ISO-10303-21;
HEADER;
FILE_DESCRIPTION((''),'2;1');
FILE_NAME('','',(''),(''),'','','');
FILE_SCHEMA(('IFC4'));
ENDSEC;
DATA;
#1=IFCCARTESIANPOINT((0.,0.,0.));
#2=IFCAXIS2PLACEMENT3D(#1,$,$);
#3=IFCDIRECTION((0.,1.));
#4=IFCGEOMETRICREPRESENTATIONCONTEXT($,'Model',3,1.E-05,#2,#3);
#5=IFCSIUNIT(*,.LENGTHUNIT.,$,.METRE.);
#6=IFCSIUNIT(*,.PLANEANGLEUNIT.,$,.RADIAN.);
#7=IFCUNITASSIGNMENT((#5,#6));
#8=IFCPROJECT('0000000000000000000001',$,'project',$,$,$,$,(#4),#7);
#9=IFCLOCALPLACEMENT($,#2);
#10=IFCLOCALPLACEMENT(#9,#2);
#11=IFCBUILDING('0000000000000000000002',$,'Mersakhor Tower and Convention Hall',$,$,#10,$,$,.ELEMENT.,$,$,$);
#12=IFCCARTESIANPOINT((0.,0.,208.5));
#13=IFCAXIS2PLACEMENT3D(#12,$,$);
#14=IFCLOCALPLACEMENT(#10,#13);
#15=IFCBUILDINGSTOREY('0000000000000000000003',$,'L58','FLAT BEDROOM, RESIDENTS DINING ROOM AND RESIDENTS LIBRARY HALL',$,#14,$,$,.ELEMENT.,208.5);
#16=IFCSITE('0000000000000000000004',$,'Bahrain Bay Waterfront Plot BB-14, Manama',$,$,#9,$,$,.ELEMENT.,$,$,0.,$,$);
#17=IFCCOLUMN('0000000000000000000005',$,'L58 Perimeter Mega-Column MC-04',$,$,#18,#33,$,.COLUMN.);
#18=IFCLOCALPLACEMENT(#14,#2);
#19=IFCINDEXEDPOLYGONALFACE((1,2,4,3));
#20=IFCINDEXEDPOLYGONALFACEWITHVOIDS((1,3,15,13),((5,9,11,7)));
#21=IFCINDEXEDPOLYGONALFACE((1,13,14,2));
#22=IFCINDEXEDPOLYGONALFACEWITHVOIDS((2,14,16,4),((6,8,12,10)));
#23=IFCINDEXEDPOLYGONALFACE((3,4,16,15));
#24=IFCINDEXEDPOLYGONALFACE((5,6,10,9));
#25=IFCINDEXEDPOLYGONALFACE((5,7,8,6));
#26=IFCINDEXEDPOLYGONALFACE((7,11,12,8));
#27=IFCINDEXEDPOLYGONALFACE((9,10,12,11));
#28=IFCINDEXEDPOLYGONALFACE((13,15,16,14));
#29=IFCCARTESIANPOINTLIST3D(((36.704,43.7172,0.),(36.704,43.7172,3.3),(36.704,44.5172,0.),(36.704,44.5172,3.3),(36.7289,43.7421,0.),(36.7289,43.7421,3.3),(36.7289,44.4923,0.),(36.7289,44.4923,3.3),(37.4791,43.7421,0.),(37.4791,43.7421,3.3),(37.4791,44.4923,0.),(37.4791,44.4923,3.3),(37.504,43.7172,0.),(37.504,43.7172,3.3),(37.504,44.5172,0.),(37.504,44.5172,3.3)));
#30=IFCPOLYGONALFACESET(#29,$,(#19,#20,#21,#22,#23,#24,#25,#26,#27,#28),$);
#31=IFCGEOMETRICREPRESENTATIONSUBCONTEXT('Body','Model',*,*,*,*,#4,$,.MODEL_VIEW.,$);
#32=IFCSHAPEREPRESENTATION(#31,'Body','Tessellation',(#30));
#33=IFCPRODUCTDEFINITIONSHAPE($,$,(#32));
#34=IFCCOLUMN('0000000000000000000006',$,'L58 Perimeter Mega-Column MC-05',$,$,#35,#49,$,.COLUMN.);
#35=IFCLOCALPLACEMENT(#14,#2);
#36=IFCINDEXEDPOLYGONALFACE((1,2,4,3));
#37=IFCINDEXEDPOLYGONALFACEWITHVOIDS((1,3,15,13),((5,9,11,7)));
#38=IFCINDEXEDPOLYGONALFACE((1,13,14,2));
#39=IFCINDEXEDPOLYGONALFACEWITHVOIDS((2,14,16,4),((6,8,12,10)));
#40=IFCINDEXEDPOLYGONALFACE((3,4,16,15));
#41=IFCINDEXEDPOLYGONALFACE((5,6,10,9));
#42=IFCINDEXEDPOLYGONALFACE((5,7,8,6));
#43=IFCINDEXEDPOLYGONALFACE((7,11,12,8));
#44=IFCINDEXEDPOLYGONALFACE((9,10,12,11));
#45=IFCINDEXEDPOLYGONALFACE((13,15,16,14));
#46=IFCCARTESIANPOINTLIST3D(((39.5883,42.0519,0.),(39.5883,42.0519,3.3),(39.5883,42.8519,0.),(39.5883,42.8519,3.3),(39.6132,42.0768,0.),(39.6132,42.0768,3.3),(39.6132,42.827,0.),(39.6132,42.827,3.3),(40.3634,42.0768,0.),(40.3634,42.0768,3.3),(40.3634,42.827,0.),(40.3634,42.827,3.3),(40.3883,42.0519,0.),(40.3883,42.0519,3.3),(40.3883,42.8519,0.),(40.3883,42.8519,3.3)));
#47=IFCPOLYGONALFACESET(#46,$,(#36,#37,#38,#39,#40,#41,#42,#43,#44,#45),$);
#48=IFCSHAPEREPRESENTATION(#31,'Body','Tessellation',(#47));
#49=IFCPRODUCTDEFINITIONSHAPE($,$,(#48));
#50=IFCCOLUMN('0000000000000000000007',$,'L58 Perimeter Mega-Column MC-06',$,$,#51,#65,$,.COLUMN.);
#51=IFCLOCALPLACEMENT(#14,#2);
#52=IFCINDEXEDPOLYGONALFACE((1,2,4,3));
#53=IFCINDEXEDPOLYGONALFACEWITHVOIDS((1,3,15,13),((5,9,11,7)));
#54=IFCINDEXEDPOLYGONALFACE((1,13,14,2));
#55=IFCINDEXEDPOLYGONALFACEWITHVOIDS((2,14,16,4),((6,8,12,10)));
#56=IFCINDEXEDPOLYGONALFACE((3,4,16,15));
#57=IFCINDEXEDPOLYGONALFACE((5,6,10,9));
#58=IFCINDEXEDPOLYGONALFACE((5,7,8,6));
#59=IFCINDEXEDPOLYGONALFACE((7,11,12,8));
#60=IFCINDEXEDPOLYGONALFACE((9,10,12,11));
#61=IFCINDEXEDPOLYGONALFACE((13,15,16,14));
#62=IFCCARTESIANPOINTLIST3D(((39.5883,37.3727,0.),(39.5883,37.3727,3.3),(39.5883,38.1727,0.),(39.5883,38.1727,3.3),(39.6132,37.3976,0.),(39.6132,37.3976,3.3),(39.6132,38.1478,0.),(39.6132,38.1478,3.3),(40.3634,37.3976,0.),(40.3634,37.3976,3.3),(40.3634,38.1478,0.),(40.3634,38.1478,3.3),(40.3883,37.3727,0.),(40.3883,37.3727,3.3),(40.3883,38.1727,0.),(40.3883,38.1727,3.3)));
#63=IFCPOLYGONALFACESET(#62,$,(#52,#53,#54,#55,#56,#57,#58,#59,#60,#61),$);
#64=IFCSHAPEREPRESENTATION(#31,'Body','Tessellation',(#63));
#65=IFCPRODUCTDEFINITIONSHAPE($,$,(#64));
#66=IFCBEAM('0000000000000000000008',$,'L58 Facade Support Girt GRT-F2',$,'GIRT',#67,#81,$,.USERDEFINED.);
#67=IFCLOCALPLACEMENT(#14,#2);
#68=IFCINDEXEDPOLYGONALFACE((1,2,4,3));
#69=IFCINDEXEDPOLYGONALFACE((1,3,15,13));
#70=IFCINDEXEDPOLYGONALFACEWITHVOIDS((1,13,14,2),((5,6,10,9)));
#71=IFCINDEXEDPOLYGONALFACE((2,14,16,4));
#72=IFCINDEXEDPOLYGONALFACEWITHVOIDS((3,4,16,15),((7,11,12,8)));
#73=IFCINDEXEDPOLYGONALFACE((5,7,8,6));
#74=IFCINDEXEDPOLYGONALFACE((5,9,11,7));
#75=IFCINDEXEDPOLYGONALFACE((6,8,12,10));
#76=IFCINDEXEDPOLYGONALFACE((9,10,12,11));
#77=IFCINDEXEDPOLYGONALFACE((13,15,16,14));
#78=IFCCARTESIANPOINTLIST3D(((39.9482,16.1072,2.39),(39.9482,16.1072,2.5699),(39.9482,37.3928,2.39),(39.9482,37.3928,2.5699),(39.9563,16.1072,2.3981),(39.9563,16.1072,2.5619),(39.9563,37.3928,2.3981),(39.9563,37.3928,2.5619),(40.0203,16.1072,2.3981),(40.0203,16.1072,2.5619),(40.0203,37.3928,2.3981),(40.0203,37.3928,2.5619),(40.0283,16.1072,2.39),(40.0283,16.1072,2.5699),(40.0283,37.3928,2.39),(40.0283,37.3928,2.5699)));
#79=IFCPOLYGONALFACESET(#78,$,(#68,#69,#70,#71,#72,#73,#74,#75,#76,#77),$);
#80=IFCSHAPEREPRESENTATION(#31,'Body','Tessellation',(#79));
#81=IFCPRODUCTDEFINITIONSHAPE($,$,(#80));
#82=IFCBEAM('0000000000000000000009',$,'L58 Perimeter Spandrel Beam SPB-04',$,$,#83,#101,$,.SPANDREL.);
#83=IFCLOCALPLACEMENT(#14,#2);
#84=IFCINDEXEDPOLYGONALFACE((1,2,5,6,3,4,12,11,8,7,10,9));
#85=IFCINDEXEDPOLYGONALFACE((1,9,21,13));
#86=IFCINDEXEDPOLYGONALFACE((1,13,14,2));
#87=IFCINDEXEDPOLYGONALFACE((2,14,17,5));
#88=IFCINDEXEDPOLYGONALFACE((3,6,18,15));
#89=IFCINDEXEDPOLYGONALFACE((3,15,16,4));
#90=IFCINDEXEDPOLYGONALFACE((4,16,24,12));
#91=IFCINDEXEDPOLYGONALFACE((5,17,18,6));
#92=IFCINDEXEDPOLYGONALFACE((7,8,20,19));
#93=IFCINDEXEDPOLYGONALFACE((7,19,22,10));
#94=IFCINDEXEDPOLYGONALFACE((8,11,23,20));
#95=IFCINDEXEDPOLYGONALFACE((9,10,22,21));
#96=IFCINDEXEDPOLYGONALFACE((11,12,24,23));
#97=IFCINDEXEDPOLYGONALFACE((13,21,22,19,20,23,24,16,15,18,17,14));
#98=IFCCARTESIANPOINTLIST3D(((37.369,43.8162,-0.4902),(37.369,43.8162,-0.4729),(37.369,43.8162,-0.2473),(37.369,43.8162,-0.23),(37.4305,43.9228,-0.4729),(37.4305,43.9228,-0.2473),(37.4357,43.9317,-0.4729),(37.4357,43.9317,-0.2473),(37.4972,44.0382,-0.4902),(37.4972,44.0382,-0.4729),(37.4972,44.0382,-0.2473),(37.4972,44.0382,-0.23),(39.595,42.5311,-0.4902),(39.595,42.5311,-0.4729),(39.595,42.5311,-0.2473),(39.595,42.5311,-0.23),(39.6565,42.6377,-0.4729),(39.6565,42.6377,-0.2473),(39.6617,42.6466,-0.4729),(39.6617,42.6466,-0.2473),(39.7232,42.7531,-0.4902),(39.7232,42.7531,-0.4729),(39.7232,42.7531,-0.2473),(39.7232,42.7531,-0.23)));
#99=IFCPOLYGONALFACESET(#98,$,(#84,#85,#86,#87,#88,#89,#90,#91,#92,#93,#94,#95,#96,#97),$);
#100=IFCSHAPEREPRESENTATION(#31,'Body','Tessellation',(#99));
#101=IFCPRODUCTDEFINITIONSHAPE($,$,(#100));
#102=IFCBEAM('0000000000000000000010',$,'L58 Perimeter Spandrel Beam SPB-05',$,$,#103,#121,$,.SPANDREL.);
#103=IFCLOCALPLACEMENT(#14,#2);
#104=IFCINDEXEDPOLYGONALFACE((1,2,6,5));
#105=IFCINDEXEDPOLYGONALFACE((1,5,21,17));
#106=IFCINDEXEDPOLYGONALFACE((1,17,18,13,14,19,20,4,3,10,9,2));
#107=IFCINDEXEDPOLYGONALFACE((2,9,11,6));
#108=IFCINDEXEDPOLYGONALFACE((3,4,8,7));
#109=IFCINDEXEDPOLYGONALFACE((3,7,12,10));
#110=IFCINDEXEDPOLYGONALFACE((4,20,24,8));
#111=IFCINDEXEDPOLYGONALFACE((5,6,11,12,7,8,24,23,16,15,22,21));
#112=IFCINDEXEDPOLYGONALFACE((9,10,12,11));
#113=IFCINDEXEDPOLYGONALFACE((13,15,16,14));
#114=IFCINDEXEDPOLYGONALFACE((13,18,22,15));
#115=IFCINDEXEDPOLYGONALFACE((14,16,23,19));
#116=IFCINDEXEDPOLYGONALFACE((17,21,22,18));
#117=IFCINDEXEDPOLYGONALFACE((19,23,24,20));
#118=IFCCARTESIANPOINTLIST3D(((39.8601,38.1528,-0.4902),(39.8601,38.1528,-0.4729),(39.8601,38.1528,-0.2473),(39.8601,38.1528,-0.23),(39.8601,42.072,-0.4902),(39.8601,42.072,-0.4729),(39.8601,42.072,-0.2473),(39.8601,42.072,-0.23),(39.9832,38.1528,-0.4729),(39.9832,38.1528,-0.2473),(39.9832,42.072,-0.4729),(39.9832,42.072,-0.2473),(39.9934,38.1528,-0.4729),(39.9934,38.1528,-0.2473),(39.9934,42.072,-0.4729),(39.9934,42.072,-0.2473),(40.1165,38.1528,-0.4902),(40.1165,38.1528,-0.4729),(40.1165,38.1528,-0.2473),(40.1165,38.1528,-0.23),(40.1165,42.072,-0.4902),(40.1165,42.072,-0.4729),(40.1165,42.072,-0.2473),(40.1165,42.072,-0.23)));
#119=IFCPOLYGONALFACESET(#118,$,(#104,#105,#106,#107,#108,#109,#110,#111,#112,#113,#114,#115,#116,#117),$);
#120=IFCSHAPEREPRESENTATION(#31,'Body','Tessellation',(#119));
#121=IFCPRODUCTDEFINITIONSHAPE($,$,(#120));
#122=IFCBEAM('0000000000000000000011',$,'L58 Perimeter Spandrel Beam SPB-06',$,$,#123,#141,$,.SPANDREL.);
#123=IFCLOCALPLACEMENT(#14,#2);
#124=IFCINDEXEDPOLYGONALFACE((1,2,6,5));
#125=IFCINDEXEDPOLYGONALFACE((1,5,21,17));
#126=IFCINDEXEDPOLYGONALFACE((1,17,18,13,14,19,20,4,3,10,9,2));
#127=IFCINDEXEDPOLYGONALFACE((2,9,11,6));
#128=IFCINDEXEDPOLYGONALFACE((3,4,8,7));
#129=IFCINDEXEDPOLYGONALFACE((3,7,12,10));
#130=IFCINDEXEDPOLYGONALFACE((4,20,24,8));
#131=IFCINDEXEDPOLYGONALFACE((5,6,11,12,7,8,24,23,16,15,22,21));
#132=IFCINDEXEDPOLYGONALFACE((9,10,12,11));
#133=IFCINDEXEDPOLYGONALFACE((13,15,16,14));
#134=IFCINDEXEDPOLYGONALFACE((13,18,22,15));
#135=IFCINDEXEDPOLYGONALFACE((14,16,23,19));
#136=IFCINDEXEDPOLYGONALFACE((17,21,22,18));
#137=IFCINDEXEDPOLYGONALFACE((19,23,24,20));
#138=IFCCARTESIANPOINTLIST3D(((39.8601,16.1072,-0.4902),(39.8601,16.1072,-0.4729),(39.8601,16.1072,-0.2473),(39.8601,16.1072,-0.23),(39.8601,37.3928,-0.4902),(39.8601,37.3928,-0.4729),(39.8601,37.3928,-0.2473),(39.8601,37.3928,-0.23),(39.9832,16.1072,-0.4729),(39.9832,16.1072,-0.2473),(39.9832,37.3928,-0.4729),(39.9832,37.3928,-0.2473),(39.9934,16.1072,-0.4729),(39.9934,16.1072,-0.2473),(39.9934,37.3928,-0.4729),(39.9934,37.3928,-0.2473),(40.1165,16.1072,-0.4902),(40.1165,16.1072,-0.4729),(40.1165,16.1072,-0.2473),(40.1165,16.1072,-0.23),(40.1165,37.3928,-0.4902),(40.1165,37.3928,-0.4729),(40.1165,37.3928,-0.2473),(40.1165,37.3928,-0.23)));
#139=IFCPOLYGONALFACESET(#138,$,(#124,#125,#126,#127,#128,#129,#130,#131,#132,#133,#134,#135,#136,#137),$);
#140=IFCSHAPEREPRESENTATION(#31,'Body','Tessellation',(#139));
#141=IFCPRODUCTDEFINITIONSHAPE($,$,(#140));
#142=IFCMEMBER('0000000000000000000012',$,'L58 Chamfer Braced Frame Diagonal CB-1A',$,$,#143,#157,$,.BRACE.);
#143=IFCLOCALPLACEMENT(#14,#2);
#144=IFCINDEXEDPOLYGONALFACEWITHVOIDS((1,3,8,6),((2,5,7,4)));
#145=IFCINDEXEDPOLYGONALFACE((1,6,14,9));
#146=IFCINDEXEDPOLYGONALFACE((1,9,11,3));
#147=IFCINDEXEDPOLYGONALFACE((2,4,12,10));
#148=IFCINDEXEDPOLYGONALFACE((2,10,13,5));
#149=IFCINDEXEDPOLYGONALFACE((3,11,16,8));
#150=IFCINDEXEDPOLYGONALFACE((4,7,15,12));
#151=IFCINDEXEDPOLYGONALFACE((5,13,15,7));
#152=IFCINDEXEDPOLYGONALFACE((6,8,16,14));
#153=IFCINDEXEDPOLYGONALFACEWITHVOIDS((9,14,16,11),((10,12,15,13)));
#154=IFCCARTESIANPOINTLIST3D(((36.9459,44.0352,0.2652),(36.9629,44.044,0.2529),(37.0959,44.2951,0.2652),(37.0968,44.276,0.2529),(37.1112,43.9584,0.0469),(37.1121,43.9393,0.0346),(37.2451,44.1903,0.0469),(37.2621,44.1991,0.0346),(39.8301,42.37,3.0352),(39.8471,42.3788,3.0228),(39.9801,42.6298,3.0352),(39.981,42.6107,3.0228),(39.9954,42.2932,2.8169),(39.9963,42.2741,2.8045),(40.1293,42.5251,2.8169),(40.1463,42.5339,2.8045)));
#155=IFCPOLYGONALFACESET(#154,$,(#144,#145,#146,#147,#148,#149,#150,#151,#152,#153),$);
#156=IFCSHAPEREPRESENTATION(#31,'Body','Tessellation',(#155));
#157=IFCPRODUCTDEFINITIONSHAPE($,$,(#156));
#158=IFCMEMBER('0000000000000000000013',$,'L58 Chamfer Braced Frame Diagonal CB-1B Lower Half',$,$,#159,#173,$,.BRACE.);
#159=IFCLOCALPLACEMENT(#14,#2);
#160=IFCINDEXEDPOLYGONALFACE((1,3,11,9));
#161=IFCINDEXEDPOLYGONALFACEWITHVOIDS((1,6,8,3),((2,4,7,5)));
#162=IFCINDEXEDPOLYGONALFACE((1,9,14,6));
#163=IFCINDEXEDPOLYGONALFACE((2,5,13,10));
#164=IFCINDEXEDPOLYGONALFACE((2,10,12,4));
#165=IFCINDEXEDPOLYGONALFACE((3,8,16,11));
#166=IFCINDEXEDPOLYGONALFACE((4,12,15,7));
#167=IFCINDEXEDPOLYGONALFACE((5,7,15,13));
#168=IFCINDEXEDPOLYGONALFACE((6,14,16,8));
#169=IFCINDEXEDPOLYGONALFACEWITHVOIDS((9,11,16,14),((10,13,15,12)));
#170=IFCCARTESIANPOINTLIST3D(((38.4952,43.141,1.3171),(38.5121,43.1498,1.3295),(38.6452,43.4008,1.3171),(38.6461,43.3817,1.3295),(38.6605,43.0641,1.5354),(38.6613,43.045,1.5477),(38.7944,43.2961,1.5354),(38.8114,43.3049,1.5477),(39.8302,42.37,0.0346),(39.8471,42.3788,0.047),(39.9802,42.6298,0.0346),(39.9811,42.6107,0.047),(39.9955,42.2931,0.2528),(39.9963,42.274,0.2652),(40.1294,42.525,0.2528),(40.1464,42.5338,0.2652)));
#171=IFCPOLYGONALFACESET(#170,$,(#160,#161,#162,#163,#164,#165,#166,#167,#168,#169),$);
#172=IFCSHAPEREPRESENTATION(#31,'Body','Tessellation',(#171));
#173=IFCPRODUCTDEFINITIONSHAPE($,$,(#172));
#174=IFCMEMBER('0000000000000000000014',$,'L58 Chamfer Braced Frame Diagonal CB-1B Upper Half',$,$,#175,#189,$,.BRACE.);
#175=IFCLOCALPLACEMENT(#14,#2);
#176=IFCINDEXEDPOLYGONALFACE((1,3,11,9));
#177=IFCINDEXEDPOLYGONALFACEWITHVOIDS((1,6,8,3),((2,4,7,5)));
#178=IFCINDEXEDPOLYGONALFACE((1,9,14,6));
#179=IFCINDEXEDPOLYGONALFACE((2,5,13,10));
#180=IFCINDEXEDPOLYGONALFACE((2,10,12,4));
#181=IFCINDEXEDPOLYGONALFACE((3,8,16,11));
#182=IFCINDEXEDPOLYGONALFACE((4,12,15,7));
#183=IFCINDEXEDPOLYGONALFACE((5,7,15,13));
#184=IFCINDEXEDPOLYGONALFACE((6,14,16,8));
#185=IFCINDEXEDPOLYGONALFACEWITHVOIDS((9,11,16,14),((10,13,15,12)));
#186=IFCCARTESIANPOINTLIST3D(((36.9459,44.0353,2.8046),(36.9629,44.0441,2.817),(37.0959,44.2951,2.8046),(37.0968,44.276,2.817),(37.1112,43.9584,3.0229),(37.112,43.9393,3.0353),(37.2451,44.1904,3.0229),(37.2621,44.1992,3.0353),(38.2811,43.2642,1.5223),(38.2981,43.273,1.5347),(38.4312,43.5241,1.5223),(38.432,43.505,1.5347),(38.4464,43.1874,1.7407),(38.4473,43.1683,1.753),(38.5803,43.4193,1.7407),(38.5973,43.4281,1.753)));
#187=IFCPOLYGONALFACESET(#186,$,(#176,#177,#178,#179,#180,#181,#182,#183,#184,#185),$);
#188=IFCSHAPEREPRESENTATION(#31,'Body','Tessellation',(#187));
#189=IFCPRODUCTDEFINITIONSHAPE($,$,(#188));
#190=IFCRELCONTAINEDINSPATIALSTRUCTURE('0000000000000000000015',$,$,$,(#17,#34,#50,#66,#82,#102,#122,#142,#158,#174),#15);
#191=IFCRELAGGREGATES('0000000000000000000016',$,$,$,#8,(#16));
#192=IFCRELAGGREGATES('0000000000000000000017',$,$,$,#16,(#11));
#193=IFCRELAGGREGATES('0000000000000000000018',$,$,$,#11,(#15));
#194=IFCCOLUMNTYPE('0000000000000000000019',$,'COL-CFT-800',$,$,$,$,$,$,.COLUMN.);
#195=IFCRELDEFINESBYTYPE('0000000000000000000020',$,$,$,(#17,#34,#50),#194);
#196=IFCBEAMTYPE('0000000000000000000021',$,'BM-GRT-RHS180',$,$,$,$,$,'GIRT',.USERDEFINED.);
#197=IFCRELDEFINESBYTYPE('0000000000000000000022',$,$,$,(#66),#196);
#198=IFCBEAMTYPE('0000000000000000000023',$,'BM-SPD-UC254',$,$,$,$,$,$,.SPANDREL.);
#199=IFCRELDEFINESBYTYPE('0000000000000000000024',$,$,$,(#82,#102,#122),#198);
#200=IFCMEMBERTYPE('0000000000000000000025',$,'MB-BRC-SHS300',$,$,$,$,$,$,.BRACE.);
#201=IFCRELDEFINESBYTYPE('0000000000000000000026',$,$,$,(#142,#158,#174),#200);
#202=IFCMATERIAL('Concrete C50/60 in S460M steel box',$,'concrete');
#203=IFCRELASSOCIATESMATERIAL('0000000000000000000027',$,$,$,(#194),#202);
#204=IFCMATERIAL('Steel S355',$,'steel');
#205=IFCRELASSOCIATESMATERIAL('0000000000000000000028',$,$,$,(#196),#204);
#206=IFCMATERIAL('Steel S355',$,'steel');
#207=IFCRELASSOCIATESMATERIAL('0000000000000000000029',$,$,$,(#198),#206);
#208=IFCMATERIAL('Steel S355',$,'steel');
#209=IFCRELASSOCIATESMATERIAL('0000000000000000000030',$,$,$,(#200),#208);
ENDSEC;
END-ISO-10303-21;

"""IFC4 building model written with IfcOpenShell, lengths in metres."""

from ifc_helpers import new_model, si_unit, direction, frame, origin, origin_2d, place, context, subcontext, project, spatial, hollow_rectangle, i_section, extrude, material, material_profile, profile_set, type_object, element, save


model = new_model("IFC4")

# Units and contexts
model_context = context("Model", 3, precision=1e-05, world=origin(), true_north=direction((0.0, 1.0)))
body_context = subcontext(model_context, "Body", "Model", "MODEL_VIEW")
ifc_project = project(units=[si_unit("LENGTHUNIT", "METRE"), si_unit("PLANEANGLEUNIT", "RADIAN")], contexts=[model_context])

# Site, building, storey
site_placement = place(None, origin())
site = spatial("IfcSite", under=ifc_project, at=site_placement, Name="Bahrain Bay Waterfront Plot BB-14, Manama", CompositionType="ELEMENT", RefElevation=0.0)
building_placement = place(site_placement, origin())
building = spatial("IfcBuilding", under=site, at=building_placement, Name="Mersakhor Tower and Convention Hall", CompositionType="ELEMENT")
storey_placement = place(building_placement, frame((0.0, 0.0, 208.5)))
storey = spatial("IfcBuildingStorey", under=building, at=storey_placement, Name="L58", Description="FLAT BEDROOM, RESIDENTS DINING ROOM AND RESIDENTS LIBRARY HALL", CompositionType="ELEMENT", Elevation=208.5)

# Columns
ifc_material_1 = material(Name="Concrete C50/60 in S460M steel box", Category="concrete")
ifc_material_profile_1 = material_profile(ifc_material_1, hollow_rectangle(XDim=0.8, YDim=0.8, WallThickness=0.0249, at=origin_2d()), Name="SHS 800x800x25")
ifc_profile_set_1 = profile_set([ifc_material_profile_1], Name="Concrete C50/60 in S460M steel box")
column_type = type_object("IfcColumnType", Name="COL-CFT-800", PredefinedType="COLUMN", material=ifc_profile_set_1)
for number, where, z_axis, x_axis, name in (
    (1, (37.104, 44.1172, 0.0), (0.0, 0.0, 1.0), (1.0, 0.0, 0.0), "L58 Perimeter Mega-Column MC-04"),
    (2, (39.9883, 42.4519, 0.0), (0.0, 0.0, 1.0), (1.0, 0.0, 0.0), "L58 Perimeter Mega-Column MC-05"),
    (3, (39.9883, 37.7727, 0.0), (0.0, 0.0, 1.0), (1.0, 0.0, 0.0), "L58 Perimeter Mega-Column MC-06"),
):
    element("IfcColumn", number, at=place(storey_placement, frame(where, z_axis=z_axis, x_axis=x_axis)), inside=storey, type_object=column_type, Name=name, PredefinedType="COLUMN", context=body_context, shape_type="SweptSolid", body=[
        extrude(hollow_rectangle(XDim=0.8, YDim=0.8, WallThickness=0.0249, at=origin_2d()), origin(), (0.0, 0.0, 1.0), 3.3),
    ])

# Beams
ifc_material_2 = material(Name="Steel S355", Category="steel")
ifc_material_profile_2 = material_profile(ifc_material_2, hollow_rectangle(XDim=0.0801, YDim=0.1799, WallThickness=0.0081, at=origin_2d()), Name="RHS 180x80x8")
ifc_profile_set_2 = profile_set([ifc_material_profile_2], Name="Steel S355")
beam_type_1 = type_object("IfcBeamType", Name="BM-GRT-RHS180", ElementType="GIRT", PredefinedType="USERDEFINED", material=ifc_profile_set_2)
beam_1_placement = place(storey_placement, frame((39.9883, 37.3928, 2.48), z_axis=(0.0, -1.0, 0.0), x_axis=(1.0, 0.0, 0.0)))
element("IfcBeam", 4, at=beam_1_placement, inside=storey, type_object=beam_type_1, Name="L58 Facade Support Girt GRT-F2", ObjectType="GIRT", PredefinedType="USERDEFINED", context=body_context, shape_type="SweptSolid", body=[
    extrude(hollow_rectangle(XDim=0.0801, YDim=0.1799, WallThickness=0.0081, at=origin_2d()), origin(), (0.0, 0.0, 1.0), 21.2856),
])
ifc_material_3 = material(Name="Steel S355", Category="steel")
ifc_material_profile_3 = material_profile(ifc_material_3, i_section(OverallWidth=0.2563, OverallDepth=0.2603, WebThickness=0.0103, FlangeThickness=0.0173, at=origin_2d()), Name="UC 254x254x89")
ifc_profile_set_3 = profile_set([ifc_material_profile_3], Name="Steel S355")
beam_type_2 = type_object("IfcBeamType", Name="BM-SPD-UC254", PredefinedType="SPANDREL", material=ifc_profile_set_3)
beam_2_placement = place(storey_placement, frame((37.4331, 43.9272, -0.3601), z_axis=(0.866037, -0.49998, 0.0), x_axis=(0.49998, 0.866037, 0.0)))
element("IfcBeam", 5, at=beam_2_placement, inside=storey, type_object=beam_type_2, Name="L58 Perimeter Spandrel Beam SPB-04", PredefinedType="SPANDREL", context=body_context, shape_type="SweptSolid", body=[
    extrude(i_section(OverallWidth=0.2563, OverallDepth=0.2603, WebThickness=0.0103, FlangeThickness=0.0173, at=origin_2d()), origin(), (0.0, 0.0, 1.0), 2.5703),
])
beam_3_placement = place(storey_placement, frame((39.9883, 42.072, -0.3601), z_axis=(0.0, -1.0, 0.0), x_axis=(1.0, 0.0, 0.0)))
element("IfcBeam", 6, at=beam_3_placement, inside=storey, type_object=beam_type_2, Name="L58 Perimeter Spandrel Beam SPB-05", PredefinedType="SPANDREL", context=body_context, shape_type="SweptSolid", body=[
    extrude(i_section(OverallWidth=0.2563, OverallDepth=0.2603, WebThickness=0.0103, FlangeThickness=0.0173, at=origin_2d()), origin(), (0.0, 0.0, 1.0), 3.9192),
])
beam_4_placement = place(storey_placement, frame((39.9883, 37.3928, -0.3601), z_axis=(0.0, -1.0, 0.0), x_axis=(1.0, 0.0, 0.0)))
element("IfcBeam", 7, at=beam_4_placement, inside=storey, type_object=beam_type_2, Name="L58 Perimeter Spandrel Beam SPB-06", PredefinedType="SPANDREL", context=body_context, shape_type="SweptSolid", body=[
    extrude(i_section(OverallWidth=0.2563, OverallDepth=0.2603, WebThickness=0.0103, FlangeThickness=0.0173, at=origin_2d()), origin(), (0.0, 0.0, 1.0), 21.2856),
])

# Members
ifc_material_4 = material(Name="Steel S355", Category="steel")
ifc_material_profile_4 = material_profile(ifc_material_4, hollow_rectangle(XDim=0.3, YDim=0.3, WallThickness=0.0161, at=origin_2d()), Name="SHS 300x300x16")
ifc_profile_set_4 = profile_set([ifc_material_profile_4], Name="Steel S355")
member_type = type_object("IfcMemberType", Name="MB-BRC-SHS300", PredefinedType="BRACE", material=ifc_profile_set_4)
member_placement = place(storey_placement, frame((37.104, 44.1172, 0.1499), z_axis=(0.665825, -0.384425, 0.639449), x_axis=(0.50001, 0.86602, 0.0)))
element("IfcMember", 8, at=member_placement, inside=storey, type_object=member_type, Name="L58 Chamfer Braced Frame Diagonal CB-1A", PredefinedType="BRACE", context=body_context, shape_type="SweptSolid", body=[
    extrude(hollow_rectangle(XDim=0.3, YDim=0.3, WallThickness=0.0161, at=origin_2d()), origin(), (0.0, 0.0, 1.0), 4.3318),
])
for number, where, z_axis, x_axis, name in (
    (9, (39.9883, 42.4519, 0.1499), (-0.665711, 0.384476, 0.639536), (-0.500125, -0.865953, 0.0), "L58 Chamfer Braced Frame Diagonal CB-1B Lower Half"),
    (10, (38.4392, 43.3462, 1.6377), (-0.665831, 0.384475, 0.639412), (-0.500056, -0.865993, 0.0), "L58 Chamfer Braced Frame Diagonal CB-1B Upper Half"),
):
    element("IfcMember", number, at=place(storey_placement, frame(where, z_axis=z_axis, x_axis=x_axis)), inside=storey, type_object=member_type, Name=name, PredefinedType="BRACE", context=body_context, shape_type="SweptSolid", body=[
        extrude(hollow_rectangle(XDim=0.3, YDim=0.3, WallThickness=0.0161, at=origin_2d()), origin(), (0.0, 0.0, 1.0), 2.0054),
    ])

save(model, "model.ifc")
